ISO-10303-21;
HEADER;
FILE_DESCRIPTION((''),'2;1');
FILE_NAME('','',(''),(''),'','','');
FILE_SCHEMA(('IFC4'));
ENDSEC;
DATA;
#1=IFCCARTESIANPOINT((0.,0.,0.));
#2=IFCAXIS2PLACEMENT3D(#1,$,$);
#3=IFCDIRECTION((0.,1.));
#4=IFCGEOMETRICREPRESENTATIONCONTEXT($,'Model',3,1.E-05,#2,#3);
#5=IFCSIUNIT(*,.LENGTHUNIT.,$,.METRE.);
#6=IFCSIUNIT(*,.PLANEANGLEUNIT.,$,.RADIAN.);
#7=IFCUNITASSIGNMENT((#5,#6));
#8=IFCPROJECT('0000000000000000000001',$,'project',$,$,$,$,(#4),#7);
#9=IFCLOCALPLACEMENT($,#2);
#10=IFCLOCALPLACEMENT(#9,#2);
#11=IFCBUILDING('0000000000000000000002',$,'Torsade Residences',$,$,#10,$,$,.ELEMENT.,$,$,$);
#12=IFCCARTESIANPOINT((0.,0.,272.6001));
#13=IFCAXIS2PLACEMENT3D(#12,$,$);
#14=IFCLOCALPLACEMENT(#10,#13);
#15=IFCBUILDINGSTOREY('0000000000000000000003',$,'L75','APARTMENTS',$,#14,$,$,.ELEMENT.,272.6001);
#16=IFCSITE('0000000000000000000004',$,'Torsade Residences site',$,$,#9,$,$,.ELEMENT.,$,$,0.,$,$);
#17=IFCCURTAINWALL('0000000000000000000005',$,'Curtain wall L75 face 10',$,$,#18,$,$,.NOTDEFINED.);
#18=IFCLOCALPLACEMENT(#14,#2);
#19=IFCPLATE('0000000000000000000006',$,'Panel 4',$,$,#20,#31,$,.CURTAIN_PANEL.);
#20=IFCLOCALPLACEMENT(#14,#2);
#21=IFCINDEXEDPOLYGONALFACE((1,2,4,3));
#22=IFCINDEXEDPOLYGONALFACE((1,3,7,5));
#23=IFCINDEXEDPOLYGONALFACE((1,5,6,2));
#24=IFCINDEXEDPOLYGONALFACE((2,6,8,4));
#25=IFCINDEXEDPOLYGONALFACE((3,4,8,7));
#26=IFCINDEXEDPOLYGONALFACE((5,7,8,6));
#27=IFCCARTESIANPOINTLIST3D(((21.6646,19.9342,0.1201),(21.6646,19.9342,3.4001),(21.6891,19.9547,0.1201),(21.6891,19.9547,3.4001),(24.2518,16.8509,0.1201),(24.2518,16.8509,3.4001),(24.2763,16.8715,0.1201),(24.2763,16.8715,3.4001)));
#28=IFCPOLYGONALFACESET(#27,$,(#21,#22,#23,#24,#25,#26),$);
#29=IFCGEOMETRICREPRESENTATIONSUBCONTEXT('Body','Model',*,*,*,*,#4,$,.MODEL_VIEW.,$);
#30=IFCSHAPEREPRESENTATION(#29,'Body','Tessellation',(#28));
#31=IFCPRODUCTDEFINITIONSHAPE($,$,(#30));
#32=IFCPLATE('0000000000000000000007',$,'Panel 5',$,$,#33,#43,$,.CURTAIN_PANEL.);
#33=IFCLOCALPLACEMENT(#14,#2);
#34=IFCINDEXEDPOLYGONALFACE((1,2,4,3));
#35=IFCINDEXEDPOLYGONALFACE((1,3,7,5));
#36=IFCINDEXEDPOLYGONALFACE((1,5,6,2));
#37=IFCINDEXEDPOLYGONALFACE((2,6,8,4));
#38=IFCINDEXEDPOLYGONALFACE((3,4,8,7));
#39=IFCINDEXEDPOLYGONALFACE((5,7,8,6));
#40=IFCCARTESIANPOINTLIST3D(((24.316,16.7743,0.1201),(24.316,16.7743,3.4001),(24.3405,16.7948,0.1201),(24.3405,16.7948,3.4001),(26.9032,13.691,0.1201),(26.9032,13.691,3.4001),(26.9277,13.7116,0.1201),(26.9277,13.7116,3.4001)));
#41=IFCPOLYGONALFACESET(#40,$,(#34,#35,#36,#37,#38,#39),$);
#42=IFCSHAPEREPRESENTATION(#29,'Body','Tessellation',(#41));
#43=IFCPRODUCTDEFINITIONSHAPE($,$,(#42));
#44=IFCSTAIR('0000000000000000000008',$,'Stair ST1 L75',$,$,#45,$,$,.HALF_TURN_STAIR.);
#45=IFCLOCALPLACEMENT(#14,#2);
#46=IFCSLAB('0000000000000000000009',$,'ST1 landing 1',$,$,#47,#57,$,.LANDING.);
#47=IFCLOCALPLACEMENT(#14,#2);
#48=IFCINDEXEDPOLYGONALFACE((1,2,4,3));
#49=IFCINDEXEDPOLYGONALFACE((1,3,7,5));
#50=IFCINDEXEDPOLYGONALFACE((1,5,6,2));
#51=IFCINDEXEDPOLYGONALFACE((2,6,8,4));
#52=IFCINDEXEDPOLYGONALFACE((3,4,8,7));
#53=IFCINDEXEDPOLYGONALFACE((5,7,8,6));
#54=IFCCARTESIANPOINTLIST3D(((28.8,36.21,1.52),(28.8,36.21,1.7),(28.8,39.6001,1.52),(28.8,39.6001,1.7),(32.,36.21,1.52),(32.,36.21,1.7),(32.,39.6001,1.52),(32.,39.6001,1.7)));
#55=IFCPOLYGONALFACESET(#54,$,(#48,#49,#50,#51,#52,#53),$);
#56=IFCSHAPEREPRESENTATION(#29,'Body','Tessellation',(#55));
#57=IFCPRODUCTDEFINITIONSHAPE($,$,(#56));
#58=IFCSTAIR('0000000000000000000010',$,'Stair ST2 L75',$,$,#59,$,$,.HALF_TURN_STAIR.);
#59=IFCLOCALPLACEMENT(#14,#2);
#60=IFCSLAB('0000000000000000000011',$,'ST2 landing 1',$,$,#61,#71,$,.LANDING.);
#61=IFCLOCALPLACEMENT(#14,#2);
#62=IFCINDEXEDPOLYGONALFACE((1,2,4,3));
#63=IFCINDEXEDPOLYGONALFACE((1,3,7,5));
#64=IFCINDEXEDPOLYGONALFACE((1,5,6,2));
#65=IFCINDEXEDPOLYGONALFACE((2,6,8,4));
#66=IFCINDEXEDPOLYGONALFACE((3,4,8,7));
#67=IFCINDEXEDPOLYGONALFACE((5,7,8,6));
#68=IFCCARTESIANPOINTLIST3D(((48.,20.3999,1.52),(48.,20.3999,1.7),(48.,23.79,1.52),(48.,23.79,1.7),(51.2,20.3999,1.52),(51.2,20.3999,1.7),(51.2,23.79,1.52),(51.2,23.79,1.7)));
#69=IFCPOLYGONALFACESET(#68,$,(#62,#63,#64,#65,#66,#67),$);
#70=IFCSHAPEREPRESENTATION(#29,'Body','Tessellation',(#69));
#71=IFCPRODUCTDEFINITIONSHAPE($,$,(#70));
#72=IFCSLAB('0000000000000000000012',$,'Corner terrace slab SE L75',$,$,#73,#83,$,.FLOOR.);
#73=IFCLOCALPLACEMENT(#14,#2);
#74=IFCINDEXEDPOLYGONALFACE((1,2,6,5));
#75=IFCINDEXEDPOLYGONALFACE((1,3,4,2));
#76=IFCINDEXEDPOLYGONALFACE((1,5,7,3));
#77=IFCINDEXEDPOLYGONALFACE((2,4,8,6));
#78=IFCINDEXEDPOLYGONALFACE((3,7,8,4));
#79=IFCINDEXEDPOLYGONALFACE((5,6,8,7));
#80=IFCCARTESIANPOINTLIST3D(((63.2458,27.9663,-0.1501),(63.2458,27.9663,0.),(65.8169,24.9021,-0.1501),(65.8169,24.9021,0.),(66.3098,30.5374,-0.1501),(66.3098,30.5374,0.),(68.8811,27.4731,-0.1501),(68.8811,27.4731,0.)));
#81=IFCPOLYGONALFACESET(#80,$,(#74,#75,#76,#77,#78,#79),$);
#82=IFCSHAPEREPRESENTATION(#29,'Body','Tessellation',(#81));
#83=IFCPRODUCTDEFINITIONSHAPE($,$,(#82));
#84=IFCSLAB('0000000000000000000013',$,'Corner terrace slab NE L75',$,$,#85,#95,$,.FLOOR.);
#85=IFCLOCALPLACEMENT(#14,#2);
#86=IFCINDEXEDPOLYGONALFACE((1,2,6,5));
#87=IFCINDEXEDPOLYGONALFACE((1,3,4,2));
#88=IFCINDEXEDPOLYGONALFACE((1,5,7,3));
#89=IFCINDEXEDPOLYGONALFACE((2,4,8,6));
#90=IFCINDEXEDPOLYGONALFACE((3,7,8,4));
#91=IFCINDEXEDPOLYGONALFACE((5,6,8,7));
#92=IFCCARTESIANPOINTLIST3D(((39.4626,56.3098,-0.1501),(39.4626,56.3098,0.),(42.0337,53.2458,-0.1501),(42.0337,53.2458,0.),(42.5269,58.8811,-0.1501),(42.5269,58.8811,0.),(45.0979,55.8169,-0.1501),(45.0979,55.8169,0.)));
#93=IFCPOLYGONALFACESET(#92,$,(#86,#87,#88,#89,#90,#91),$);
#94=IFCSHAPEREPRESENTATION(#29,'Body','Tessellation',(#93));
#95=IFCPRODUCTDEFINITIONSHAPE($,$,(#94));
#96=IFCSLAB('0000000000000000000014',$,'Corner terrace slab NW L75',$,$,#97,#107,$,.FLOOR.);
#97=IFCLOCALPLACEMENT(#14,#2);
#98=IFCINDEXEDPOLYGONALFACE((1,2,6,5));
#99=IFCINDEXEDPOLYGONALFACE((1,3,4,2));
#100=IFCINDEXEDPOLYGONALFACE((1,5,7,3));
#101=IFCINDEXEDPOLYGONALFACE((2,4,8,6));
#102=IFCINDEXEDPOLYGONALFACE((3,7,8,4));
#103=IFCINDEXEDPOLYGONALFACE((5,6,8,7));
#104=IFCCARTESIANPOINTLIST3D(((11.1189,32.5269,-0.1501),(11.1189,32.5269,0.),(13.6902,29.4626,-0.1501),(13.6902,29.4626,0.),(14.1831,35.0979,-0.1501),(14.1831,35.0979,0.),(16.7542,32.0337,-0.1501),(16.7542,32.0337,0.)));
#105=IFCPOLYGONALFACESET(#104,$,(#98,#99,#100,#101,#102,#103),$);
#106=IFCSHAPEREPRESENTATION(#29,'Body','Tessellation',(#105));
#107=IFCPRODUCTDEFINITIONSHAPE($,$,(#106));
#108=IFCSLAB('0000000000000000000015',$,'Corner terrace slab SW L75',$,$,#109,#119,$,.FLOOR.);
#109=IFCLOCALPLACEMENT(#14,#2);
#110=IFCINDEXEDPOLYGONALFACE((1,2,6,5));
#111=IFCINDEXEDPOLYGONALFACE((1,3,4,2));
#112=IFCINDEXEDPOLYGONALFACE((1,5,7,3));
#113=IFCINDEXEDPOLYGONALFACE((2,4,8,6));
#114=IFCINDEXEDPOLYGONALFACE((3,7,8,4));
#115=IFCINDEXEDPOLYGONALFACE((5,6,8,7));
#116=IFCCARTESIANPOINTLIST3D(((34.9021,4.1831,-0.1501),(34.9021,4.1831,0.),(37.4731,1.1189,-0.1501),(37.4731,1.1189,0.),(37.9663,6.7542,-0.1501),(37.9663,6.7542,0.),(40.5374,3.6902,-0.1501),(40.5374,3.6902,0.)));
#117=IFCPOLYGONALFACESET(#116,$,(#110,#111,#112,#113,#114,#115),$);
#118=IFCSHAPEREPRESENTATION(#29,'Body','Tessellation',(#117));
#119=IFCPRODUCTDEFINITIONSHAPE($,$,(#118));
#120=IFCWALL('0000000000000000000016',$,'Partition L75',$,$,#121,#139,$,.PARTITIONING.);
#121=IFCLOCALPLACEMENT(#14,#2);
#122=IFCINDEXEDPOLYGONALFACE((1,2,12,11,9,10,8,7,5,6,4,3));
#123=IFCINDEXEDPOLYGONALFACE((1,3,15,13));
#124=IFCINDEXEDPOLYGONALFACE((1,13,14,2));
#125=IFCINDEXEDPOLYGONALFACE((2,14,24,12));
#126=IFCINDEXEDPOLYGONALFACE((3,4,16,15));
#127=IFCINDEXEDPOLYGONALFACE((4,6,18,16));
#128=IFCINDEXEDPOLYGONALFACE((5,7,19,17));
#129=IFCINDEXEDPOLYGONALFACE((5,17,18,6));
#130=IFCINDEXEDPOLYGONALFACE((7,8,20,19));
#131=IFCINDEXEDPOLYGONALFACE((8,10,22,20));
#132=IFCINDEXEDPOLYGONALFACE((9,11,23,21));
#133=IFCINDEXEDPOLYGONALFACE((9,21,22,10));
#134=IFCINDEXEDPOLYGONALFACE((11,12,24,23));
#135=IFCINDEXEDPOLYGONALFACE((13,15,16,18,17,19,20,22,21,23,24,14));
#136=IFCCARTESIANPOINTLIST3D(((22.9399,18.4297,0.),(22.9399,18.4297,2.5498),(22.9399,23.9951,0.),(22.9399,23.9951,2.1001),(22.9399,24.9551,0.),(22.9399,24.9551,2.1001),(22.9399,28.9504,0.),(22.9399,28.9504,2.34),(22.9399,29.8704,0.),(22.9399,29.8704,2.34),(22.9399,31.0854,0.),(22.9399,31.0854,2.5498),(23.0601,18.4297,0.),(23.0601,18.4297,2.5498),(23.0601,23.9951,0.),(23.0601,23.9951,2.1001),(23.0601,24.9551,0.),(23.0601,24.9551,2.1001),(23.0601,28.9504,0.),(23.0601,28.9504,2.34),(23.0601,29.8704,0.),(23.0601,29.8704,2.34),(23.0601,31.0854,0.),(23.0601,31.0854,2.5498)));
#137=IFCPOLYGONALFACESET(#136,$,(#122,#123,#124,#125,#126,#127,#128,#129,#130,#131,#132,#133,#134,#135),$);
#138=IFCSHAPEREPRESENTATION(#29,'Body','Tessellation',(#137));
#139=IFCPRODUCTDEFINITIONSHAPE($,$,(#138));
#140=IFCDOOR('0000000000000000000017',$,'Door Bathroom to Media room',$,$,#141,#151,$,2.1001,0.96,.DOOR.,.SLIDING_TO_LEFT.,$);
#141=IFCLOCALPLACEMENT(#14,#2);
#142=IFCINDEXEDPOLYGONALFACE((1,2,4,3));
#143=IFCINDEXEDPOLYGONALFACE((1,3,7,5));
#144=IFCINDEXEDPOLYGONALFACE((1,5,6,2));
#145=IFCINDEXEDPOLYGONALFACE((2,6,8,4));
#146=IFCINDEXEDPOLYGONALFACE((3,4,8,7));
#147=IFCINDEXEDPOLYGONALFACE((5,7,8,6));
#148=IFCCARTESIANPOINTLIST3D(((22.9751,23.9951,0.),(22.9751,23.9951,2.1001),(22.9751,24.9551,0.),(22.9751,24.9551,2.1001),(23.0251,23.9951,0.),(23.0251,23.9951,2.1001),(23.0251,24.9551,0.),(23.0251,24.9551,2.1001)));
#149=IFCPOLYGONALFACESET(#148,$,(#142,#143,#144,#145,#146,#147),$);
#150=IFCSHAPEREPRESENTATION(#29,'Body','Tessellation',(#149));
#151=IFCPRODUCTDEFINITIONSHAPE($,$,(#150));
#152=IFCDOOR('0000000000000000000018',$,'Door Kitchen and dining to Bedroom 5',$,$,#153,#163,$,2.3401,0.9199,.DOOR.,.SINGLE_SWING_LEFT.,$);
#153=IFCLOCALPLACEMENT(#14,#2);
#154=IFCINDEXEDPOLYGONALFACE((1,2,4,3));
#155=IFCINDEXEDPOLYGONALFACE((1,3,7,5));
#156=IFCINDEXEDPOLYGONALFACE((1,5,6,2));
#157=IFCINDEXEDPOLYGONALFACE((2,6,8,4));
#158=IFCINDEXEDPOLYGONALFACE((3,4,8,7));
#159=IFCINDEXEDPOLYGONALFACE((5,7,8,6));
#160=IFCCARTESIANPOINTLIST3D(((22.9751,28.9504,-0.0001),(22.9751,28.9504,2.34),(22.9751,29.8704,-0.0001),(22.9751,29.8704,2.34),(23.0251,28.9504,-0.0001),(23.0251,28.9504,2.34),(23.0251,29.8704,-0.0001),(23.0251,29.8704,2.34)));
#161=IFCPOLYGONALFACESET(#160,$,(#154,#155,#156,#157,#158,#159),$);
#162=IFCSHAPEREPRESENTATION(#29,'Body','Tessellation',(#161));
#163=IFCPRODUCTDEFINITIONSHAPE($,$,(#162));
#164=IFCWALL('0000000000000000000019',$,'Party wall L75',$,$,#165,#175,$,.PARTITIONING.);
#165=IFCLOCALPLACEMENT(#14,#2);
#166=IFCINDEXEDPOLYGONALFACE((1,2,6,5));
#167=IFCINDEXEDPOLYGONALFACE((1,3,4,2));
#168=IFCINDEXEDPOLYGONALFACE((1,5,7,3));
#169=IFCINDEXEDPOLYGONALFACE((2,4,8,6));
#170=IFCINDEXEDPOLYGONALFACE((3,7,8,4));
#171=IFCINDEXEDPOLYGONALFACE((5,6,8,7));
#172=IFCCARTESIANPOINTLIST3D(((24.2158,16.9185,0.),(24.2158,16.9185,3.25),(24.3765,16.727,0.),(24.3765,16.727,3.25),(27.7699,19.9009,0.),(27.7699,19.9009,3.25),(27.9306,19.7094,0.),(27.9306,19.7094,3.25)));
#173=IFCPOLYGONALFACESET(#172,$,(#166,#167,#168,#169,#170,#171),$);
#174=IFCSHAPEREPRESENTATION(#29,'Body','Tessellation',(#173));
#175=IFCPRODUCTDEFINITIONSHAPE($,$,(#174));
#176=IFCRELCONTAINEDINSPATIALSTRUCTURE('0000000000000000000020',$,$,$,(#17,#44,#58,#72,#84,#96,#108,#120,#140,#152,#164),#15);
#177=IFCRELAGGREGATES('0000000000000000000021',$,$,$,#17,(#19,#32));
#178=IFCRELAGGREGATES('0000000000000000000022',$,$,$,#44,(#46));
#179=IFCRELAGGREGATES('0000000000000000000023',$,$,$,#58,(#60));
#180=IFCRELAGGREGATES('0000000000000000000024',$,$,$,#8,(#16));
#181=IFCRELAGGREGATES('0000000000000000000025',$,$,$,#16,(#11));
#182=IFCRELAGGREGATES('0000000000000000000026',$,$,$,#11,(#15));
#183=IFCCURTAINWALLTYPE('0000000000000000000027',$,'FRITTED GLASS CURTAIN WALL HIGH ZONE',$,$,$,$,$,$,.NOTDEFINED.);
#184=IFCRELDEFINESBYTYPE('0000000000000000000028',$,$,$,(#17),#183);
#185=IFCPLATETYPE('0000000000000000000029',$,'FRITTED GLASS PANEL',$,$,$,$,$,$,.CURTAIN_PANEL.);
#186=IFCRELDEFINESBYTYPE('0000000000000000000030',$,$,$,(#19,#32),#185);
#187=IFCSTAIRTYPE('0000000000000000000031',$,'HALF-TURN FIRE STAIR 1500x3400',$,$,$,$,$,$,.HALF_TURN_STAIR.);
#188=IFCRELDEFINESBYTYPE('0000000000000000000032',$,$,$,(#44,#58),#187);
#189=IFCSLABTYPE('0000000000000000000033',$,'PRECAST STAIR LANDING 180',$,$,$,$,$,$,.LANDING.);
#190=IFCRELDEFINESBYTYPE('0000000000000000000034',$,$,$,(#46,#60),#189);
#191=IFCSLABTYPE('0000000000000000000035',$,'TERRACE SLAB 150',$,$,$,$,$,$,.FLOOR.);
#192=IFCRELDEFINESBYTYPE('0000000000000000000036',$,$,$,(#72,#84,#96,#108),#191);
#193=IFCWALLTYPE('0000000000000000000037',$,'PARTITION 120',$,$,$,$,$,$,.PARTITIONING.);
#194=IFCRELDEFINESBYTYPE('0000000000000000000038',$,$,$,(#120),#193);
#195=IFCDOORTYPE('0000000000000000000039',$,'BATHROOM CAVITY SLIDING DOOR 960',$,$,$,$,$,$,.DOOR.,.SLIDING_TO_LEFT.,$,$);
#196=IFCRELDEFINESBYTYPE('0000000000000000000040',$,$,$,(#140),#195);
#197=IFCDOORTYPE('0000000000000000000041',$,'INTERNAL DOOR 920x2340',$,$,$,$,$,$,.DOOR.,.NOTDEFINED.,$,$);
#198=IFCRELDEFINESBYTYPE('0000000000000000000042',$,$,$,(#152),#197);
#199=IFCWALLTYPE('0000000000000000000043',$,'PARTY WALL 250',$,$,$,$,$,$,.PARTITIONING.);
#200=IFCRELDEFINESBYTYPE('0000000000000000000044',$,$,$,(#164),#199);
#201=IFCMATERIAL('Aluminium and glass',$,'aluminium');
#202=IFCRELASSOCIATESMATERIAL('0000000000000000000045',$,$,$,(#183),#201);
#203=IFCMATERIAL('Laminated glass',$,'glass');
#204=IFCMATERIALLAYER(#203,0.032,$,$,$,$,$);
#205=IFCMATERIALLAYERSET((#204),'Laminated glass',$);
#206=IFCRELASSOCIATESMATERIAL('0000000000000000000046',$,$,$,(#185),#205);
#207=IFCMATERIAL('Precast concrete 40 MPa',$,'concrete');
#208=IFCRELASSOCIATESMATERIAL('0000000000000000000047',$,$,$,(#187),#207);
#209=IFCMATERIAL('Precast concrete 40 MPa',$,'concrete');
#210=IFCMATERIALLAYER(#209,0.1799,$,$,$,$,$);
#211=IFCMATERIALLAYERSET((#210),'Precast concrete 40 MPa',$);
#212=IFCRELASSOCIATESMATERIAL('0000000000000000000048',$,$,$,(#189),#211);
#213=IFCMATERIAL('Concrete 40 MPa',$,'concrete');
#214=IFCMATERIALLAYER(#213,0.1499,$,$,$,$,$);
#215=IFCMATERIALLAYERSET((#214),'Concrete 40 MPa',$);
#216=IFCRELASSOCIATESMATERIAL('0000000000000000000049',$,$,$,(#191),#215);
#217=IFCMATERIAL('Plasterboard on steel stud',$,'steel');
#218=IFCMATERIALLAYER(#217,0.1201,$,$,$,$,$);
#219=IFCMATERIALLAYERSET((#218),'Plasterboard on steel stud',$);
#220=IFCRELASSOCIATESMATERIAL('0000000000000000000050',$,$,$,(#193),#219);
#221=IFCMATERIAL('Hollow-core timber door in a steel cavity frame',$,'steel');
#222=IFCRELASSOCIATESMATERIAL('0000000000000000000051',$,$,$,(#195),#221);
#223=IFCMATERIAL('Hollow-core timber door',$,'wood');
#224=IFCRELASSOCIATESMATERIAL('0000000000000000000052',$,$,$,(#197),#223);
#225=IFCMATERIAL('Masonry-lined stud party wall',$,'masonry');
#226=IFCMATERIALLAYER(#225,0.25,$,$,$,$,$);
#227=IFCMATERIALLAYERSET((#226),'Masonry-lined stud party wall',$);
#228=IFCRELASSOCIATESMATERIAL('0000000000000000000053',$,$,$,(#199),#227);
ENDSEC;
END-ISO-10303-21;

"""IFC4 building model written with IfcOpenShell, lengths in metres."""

from ifc_helpers import new_model, si_unit, direction, frame, frame_2d, origin, origin_2d, place, context, subcontext, project, spatial, polyline, rectangle, outline, extrude, material, layer, layer_set, type_object, element, fill, aggregate, save


model = new_model("IFC4")

# Units and contexts
model_context = context("Model", 3, precision=1e-05, world=origin(), true_north=direction((0.0, 1.0)))
body_context = subcontext(model_context, "Body", "Model", "MODEL_VIEW")
ifc_project = project(units=[si_unit("LENGTHUNIT", "METRE"), si_unit("PLANEANGLEUNIT", "RADIAN")], contexts=[model_context])

# Site, building, storey
site_placement = place(None, origin())
site = spatial("IfcSite", under=ifc_project, at=site_placement, Name="Torsade Residences site", CompositionType="ELEMENT", RefElevation=0.0)
building_placement = place(site_placement, origin())
building = spatial("IfcBuilding", under=site, at=building_placement, Name="Torsade Residences", CompositionType="ELEMENT")
storey_placement = place(building_placement, frame((0.0, 0.0, 272.6001)))
storey = spatial("IfcBuildingStorey", under=building, at=storey_placement, Name="L75", Description="APARTMENTS", CompositionType="ELEMENT", Elevation=272.6001)

# Curtain wall
ifc_material_1 = material(Name="Aluminium and glass", Category="aluminium")
curtain_wall_type = type_object("IfcCurtainWallType", Name="FRITTED GLASS CURTAIN WALL HIGH ZONE", PredefinedType="NOTDEFINED", material=ifc_material_1)
curtain_wall_placement = place(storey_placement, origin())
curtain_wall = element("IfcCurtainWall", 1, at=curtain_wall_placement, inside=storey, type_object=curtain_wall_type, Name="Curtain wall L75 face 10", PredefinedType="NOTDEFINED")

# Plates
ifc_material_2 = material(Name="Laminated glass", Category="glass")
ifc_layer_1 = layer(ifc_material_2, 0.032)
ifc_layer_set_1 = layer_set([ifc_layer_1], Name="Laminated glass")
plate_type = type_object("IfcPlateType", Name="FRITTED GLASS PANEL", PredefinedType="CURTAIN_PANEL", material=ifc_layer_set_1)
plate_1_placement = place(storey_placement, frame((22.9705, 18.4028, 0.1201), z_axis=(0.0, 0.0, 1.0), x_axis=(0.642788, -0.766044, 0.0)))
plate_1 = element("IfcPlate", 2, at=plate_1_placement, type_object=plate_type, Name="Panel 4", PredefinedType="CURTAIN_PANEL", context=body_context, shape_type="SweptSolid", body=[
    extrude(rectangle(XDim=4.0249, YDim=0.032, at=origin_2d()), origin(), (0.0, 0.0, 1.0), 3.28),
])
plate_2_placement = place(storey_placement, frame((25.6218, 15.2429, 0.1201), z_axis=(0.0, 0.0, 1.0), x_axis=(0.642788, -0.766044, 0.0)))
plate_2 = element("IfcPlate", 3, at=plate_2_placement, type_object=plate_type, Name="Panel 5", PredefinedType="CURTAIN_PANEL", context=body_context, shape_type="SweptSolid", body=[
    extrude(rectangle(XDim=4.0249, YDim=0.032, at=origin_2d()), origin(), (0.0, 0.0, 1.0), 3.28),
])
aggregate(curtain_wall, [plate_1, plate_2])

# Stairs, slabs
ifc_material_3 = material(Name="Precast concrete 40 MPa", Category="concrete")
stair_type = type_object("IfcStairType", Name="HALF-TURN FIRE STAIR 1500x3400", PredefinedType="HALF_TURN_STAIR", material=ifc_material_3)
stair_1_placement = place(storey_placement, origin())
stair_1 = element("IfcStair", 4, at=stair_1_placement, inside=storey, type_object=stair_type, Name="Stair ST1 L75", PredefinedType="HALF_TURN_STAIR")
ifc_material_4 = material(Name="Precast concrete 40 MPa", Category="concrete")
ifc_layer_2 = layer(ifc_material_4, 0.1799)
ifc_layer_set_2 = layer_set([ifc_layer_2], Name="Precast concrete 40 MPa")
slab_type_1 = type_object("IfcSlabType", Name="PRECAST STAIR LANDING 180", PredefinedType="LANDING", material=ifc_layer_set_2)
slab_1_placement = place(storey_placement, frame((0.0, 0.0, 1.52)))
slab_1 = element("IfcSlab", 5, at=slab_1_placement, type_object=slab_type_1, Name="ST1 landing 1", PredefinedType="LANDING", context=body_context, shape_type="SweptSolid", body=[
    extrude(outline(polyline([(28.8, 36.21), (32.0, 36.21), (32.0, 39.6001), (28.8, 39.6001), (28.8, 36.21)])), origin(), (0.0, 0.0, 1.0), 0.1799),
])
aggregate(stair_1, [slab_1])
stair_2_placement = place(storey_placement, origin())
stair_2 = element("IfcStair", 6, at=stair_2_placement, inside=storey, type_object=stair_type, Name="Stair ST2 L75", PredefinedType="HALF_TURN_STAIR")
slab_2_placement = place(storey_placement, frame((0.0, 0.0, 1.52)))
slab_2 = element("IfcSlab", 7, at=slab_2_placement, type_object=slab_type_1, Name="ST2 landing 1", PredefinedType="LANDING", context=body_context, shape_type="SweptSolid", body=[
    extrude(outline(polyline([(48.0, 20.3999), (51.2, 20.3999), (51.2, 23.79), (48.0, 23.79), (48.0, 20.3999)])), origin(), (0.0, 0.0, 1.0), 0.1799),
])
aggregate(stair_2, [slab_2])

# Slabs
ifc_material_5 = material(Name="Concrete 40 MPa", Category="concrete")
ifc_layer_3 = layer(ifc_material_5, 0.1499)
ifc_layer_set_3 = layer_set([ifc_layer_3], Name="Concrete 40 MPa")
slab_type_2 = type_object("IfcSlabType", Name="TERRACE SLAB 150", PredefinedType="FLOOR", material=ifc_layer_set_3)
slab_3_placement = place(storey_placement, frame((0.0, 0.0, -0.1501)))
element("IfcSlab", 8, at=slab_3_placement, inside=storey, type_object=slab_type_2, Name="Corner terrace slab SE L75", PredefinedType="FLOOR", context=body_context, shape_type="SweptSolid", body=[
    extrude(outline(polyline([(65.8169, 24.9021), (68.8811, 27.4731), (66.3098, 30.5374), (63.2458, 27.9663), (65.8169, 24.9021)])), origin(), (0.0, 0.0, 1.0), 0.1501),
])
slab_4_placement = place(storey_placement, frame((0.0, 0.0, -0.1501)))
element("IfcSlab", 9, at=slab_4_placement, inside=storey, type_object=slab_type_2, Name="Corner terrace slab NE L75", PredefinedType="FLOOR", context=body_context, shape_type="SweptSolid", body=[
    extrude(outline(polyline([(42.0337, 53.2458), (45.0979, 55.8169), (42.5269, 58.8811), (39.4626, 56.3098), (42.0337, 53.2458)])), origin(), (0.0, 0.0, 1.0), 0.1501),
])
slab_5_placement = place(storey_placement, frame((0.0, 0.0, -0.1501)))
element("IfcSlab", 10, at=slab_5_placement, inside=storey, type_object=slab_type_2, Name="Corner terrace slab NW L75", PredefinedType="FLOOR", context=body_context, shape_type="SweptSolid", body=[
    extrude(outline(polyline([(13.6902, 29.4626), (16.7542, 32.0337), (14.1831, 35.0979), (11.1189, 32.5269), (13.6902, 29.4626)])), origin(), (0.0, 0.0, 1.0), 0.1501),
])
slab_6_placement = place(storey_placement, frame((0.0, 0.0, -0.1501)))
element("IfcSlab", 11, at=slab_6_placement, inside=storey, type_object=slab_type_2, Name="Corner terrace slab SW L75", PredefinedType="FLOOR", context=body_context, shape_type="SweptSolid", body=[
    extrude(outline(polyline([(37.4731, 1.1189), (40.5374, 3.6902), (37.9663, 6.7542), (34.9021, 4.1831), (37.4731, 1.1189)])), origin(), (0.0, 0.0, 1.0), 0.1501),
])

# Wall, openings, doors
ifc_material_6 = material(Name="Plasterboard on steel stud", Category="steel")
ifc_layer_4 = layer(ifc_material_6, 0.1201)
ifc_layer_set_4 = layer_set([ifc_layer_4], Name="Plasterboard on steel stud")
wall_type_1 = type_object("IfcWallType", Name="PARTITION 120", PredefinedType="PARTITIONING", material=ifc_layer_set_4)
wall_1_placement = place(storey_placement, frame((23.0, 18.4297, 0.0), z_axis=(0.0, 0.0, 1.0), x_axis=(0.0, 1.0, 0.0)))
wall_1 = element("IfcWall", 12, at=wall_1_placement, inside=storey, type_object=wall_type_1, Name="Partition L75", PredefinedType="PARTITIONING", context=body_context, shape_type="SweptSolid", body=[
    extrude(rectangle(XDim=12.6558, YDim=0.1201, at=frame_2d((6.3279, 0.0))), origin(), (0.0, 0.0, 1.0), 2.5498),
])
opening_1_placement = place(wall_1_placement, frame((10.5208, 0.0, 0.0)))
opening_1 = element("IfcOpeningElement", 13, at=opening_1_placement, cuts=wall_1, PredefinedType="OPENING", context=body_context, shape_type="SweptSolid", body=[
    extrude(rectangle(XDim=0.9199, YDim=2.3401, at=frame_2d((0.46, 1.1699))), frame((0.0, 0.0701, 0.0), z_axis=(0.0, -1.0, 0.0), x_axis=(1.0, 0.0, 0.0)), (0.0, 0.0, 1.0), 0.1401),
])
opening_2_placement = place(wall_1_placement, frame((5.5654, 0.0, 0.0)))
opening_2 = element("IfcOpeningElement", 14, at=opening_2_placement, cuts=wall_1, PredefinedType="OPENING", context=body_context, shape_type="SweptSolid", body=[
    extrude(rectangle(XDim=0.96, YDim=2.1001, at=frame_2d((0.48, 1.05))), frame((0.0, 0.0701, 0.0), z_axis=(0.0, -1.0, 0.0), x_axis=(1.0, 0.0, 0.0)), (0.0, 0.0, 1.0), 0.1401),
])
ifc_material_7 = material(Name="Hollow-core timber door in a steel cavity frame", Category="steel")
door_type_1 = type_object("IfcDoorType", Name="BATHROOM CAVITY SLIDING DOOR 960", OperationType="SLIDING_TO_LEFT", PredefinedType="DOOR", material=ifc_material_7)
door_1_placement = place(opening_2_placement, origin())
door_1 = element("IfcDoor", 15, at=door_1_placement, inside=storey, type_object=door_type_1, Name="Door Bathroom to Media room", OperationType="SLIDING_TO_LEFT", OverallHeight=2.1001, OverallWidth=0.96, PredefinedType="DOOR", context=body_context, shape_type="SweptSolid", body=[
    extrude(rectangle(XDim=0.96, YDim=2.1001, at=frame_2d((0.48, 1.05))), frame((0.0, 0.0249, 0.0), z_axis=(0.0, -1.0, 0.0), x_axis=(1.0, 0.0, 0.0)), (0.0, 0.0, 1.0), 0.05),
])
fill(opening_2, door_1)
ifc_material_8 = material(Name="Hollow-core timber door", Category="wood")
door_type_2 = type_object("IfcDoorType", Name="INTERNAL DOOR 920x2340", OperationType="NOTDEFINED", PredefinedType="DOOR", material=ifc_material_8)
door_2_placement = place(opening_1_placement, origin())
door_2 = element("IfcDoor", 16, at=door_2_placement, inside=storey, type_object=door_type_2, Name="Door Kitchen and dining to Bedroom 5", OperationType="SINGLE_SWING_LEFT", OverallHeight=2.3401, OverallWidth=0.9199, PredefinedType="DOOR", context=body_context, shape_type="SweptSolid", body=[
    extrude(rectangle(XDim=0.9199, YDim=2.3401, at=frame_2d((0.46, 1.1699))), frame((0.0, 0.0249, 0.0), z_axis=(0.0, -1.0, 0.0), x_axis=(1.0, 0.0, 0.0)), (0.0, 0.0, 1.0), 0.05),
])
fill(opening_1, door_2)

# Wall
ifc_material_9 = material(Name="Masonry-lined stud party wall", Category="masonry")
ifc_layer_5 = layer(ifc_material_9, 0.25)
ifc_layer_set_5 = layer_set([ifc_layer_5], Name="Masonry-lined stud party wall")
wall_type_2 = type_object("IfcWallType", Name="PARTY WALL 250", PredefinedType="PARTITIONING", material=ifc_layer_set_5)
wall_2_placement = place(storey_placement, frame((24.2961, 16.8228, 0.0), z_axis=(0.0, 0.0, 1.0), x_axis=(0.766034, 0.6428, 0.0)))
element("IfcWall", 17, at=wall_2_placement, inside=storey, type_object=wall_type_2, Name="Party wall L75", PredefinedType="PARTITIONING", context=body_context, shape_type="SweptSolid", body=[
    extrude(rectangle(XDim=4.6396, YDim=0.25, at=frame_2d((2.3198, 0.0))), origin(), (0.0, 0.0, 1.0), 3.25),
])

save(model, "model.ifc")
